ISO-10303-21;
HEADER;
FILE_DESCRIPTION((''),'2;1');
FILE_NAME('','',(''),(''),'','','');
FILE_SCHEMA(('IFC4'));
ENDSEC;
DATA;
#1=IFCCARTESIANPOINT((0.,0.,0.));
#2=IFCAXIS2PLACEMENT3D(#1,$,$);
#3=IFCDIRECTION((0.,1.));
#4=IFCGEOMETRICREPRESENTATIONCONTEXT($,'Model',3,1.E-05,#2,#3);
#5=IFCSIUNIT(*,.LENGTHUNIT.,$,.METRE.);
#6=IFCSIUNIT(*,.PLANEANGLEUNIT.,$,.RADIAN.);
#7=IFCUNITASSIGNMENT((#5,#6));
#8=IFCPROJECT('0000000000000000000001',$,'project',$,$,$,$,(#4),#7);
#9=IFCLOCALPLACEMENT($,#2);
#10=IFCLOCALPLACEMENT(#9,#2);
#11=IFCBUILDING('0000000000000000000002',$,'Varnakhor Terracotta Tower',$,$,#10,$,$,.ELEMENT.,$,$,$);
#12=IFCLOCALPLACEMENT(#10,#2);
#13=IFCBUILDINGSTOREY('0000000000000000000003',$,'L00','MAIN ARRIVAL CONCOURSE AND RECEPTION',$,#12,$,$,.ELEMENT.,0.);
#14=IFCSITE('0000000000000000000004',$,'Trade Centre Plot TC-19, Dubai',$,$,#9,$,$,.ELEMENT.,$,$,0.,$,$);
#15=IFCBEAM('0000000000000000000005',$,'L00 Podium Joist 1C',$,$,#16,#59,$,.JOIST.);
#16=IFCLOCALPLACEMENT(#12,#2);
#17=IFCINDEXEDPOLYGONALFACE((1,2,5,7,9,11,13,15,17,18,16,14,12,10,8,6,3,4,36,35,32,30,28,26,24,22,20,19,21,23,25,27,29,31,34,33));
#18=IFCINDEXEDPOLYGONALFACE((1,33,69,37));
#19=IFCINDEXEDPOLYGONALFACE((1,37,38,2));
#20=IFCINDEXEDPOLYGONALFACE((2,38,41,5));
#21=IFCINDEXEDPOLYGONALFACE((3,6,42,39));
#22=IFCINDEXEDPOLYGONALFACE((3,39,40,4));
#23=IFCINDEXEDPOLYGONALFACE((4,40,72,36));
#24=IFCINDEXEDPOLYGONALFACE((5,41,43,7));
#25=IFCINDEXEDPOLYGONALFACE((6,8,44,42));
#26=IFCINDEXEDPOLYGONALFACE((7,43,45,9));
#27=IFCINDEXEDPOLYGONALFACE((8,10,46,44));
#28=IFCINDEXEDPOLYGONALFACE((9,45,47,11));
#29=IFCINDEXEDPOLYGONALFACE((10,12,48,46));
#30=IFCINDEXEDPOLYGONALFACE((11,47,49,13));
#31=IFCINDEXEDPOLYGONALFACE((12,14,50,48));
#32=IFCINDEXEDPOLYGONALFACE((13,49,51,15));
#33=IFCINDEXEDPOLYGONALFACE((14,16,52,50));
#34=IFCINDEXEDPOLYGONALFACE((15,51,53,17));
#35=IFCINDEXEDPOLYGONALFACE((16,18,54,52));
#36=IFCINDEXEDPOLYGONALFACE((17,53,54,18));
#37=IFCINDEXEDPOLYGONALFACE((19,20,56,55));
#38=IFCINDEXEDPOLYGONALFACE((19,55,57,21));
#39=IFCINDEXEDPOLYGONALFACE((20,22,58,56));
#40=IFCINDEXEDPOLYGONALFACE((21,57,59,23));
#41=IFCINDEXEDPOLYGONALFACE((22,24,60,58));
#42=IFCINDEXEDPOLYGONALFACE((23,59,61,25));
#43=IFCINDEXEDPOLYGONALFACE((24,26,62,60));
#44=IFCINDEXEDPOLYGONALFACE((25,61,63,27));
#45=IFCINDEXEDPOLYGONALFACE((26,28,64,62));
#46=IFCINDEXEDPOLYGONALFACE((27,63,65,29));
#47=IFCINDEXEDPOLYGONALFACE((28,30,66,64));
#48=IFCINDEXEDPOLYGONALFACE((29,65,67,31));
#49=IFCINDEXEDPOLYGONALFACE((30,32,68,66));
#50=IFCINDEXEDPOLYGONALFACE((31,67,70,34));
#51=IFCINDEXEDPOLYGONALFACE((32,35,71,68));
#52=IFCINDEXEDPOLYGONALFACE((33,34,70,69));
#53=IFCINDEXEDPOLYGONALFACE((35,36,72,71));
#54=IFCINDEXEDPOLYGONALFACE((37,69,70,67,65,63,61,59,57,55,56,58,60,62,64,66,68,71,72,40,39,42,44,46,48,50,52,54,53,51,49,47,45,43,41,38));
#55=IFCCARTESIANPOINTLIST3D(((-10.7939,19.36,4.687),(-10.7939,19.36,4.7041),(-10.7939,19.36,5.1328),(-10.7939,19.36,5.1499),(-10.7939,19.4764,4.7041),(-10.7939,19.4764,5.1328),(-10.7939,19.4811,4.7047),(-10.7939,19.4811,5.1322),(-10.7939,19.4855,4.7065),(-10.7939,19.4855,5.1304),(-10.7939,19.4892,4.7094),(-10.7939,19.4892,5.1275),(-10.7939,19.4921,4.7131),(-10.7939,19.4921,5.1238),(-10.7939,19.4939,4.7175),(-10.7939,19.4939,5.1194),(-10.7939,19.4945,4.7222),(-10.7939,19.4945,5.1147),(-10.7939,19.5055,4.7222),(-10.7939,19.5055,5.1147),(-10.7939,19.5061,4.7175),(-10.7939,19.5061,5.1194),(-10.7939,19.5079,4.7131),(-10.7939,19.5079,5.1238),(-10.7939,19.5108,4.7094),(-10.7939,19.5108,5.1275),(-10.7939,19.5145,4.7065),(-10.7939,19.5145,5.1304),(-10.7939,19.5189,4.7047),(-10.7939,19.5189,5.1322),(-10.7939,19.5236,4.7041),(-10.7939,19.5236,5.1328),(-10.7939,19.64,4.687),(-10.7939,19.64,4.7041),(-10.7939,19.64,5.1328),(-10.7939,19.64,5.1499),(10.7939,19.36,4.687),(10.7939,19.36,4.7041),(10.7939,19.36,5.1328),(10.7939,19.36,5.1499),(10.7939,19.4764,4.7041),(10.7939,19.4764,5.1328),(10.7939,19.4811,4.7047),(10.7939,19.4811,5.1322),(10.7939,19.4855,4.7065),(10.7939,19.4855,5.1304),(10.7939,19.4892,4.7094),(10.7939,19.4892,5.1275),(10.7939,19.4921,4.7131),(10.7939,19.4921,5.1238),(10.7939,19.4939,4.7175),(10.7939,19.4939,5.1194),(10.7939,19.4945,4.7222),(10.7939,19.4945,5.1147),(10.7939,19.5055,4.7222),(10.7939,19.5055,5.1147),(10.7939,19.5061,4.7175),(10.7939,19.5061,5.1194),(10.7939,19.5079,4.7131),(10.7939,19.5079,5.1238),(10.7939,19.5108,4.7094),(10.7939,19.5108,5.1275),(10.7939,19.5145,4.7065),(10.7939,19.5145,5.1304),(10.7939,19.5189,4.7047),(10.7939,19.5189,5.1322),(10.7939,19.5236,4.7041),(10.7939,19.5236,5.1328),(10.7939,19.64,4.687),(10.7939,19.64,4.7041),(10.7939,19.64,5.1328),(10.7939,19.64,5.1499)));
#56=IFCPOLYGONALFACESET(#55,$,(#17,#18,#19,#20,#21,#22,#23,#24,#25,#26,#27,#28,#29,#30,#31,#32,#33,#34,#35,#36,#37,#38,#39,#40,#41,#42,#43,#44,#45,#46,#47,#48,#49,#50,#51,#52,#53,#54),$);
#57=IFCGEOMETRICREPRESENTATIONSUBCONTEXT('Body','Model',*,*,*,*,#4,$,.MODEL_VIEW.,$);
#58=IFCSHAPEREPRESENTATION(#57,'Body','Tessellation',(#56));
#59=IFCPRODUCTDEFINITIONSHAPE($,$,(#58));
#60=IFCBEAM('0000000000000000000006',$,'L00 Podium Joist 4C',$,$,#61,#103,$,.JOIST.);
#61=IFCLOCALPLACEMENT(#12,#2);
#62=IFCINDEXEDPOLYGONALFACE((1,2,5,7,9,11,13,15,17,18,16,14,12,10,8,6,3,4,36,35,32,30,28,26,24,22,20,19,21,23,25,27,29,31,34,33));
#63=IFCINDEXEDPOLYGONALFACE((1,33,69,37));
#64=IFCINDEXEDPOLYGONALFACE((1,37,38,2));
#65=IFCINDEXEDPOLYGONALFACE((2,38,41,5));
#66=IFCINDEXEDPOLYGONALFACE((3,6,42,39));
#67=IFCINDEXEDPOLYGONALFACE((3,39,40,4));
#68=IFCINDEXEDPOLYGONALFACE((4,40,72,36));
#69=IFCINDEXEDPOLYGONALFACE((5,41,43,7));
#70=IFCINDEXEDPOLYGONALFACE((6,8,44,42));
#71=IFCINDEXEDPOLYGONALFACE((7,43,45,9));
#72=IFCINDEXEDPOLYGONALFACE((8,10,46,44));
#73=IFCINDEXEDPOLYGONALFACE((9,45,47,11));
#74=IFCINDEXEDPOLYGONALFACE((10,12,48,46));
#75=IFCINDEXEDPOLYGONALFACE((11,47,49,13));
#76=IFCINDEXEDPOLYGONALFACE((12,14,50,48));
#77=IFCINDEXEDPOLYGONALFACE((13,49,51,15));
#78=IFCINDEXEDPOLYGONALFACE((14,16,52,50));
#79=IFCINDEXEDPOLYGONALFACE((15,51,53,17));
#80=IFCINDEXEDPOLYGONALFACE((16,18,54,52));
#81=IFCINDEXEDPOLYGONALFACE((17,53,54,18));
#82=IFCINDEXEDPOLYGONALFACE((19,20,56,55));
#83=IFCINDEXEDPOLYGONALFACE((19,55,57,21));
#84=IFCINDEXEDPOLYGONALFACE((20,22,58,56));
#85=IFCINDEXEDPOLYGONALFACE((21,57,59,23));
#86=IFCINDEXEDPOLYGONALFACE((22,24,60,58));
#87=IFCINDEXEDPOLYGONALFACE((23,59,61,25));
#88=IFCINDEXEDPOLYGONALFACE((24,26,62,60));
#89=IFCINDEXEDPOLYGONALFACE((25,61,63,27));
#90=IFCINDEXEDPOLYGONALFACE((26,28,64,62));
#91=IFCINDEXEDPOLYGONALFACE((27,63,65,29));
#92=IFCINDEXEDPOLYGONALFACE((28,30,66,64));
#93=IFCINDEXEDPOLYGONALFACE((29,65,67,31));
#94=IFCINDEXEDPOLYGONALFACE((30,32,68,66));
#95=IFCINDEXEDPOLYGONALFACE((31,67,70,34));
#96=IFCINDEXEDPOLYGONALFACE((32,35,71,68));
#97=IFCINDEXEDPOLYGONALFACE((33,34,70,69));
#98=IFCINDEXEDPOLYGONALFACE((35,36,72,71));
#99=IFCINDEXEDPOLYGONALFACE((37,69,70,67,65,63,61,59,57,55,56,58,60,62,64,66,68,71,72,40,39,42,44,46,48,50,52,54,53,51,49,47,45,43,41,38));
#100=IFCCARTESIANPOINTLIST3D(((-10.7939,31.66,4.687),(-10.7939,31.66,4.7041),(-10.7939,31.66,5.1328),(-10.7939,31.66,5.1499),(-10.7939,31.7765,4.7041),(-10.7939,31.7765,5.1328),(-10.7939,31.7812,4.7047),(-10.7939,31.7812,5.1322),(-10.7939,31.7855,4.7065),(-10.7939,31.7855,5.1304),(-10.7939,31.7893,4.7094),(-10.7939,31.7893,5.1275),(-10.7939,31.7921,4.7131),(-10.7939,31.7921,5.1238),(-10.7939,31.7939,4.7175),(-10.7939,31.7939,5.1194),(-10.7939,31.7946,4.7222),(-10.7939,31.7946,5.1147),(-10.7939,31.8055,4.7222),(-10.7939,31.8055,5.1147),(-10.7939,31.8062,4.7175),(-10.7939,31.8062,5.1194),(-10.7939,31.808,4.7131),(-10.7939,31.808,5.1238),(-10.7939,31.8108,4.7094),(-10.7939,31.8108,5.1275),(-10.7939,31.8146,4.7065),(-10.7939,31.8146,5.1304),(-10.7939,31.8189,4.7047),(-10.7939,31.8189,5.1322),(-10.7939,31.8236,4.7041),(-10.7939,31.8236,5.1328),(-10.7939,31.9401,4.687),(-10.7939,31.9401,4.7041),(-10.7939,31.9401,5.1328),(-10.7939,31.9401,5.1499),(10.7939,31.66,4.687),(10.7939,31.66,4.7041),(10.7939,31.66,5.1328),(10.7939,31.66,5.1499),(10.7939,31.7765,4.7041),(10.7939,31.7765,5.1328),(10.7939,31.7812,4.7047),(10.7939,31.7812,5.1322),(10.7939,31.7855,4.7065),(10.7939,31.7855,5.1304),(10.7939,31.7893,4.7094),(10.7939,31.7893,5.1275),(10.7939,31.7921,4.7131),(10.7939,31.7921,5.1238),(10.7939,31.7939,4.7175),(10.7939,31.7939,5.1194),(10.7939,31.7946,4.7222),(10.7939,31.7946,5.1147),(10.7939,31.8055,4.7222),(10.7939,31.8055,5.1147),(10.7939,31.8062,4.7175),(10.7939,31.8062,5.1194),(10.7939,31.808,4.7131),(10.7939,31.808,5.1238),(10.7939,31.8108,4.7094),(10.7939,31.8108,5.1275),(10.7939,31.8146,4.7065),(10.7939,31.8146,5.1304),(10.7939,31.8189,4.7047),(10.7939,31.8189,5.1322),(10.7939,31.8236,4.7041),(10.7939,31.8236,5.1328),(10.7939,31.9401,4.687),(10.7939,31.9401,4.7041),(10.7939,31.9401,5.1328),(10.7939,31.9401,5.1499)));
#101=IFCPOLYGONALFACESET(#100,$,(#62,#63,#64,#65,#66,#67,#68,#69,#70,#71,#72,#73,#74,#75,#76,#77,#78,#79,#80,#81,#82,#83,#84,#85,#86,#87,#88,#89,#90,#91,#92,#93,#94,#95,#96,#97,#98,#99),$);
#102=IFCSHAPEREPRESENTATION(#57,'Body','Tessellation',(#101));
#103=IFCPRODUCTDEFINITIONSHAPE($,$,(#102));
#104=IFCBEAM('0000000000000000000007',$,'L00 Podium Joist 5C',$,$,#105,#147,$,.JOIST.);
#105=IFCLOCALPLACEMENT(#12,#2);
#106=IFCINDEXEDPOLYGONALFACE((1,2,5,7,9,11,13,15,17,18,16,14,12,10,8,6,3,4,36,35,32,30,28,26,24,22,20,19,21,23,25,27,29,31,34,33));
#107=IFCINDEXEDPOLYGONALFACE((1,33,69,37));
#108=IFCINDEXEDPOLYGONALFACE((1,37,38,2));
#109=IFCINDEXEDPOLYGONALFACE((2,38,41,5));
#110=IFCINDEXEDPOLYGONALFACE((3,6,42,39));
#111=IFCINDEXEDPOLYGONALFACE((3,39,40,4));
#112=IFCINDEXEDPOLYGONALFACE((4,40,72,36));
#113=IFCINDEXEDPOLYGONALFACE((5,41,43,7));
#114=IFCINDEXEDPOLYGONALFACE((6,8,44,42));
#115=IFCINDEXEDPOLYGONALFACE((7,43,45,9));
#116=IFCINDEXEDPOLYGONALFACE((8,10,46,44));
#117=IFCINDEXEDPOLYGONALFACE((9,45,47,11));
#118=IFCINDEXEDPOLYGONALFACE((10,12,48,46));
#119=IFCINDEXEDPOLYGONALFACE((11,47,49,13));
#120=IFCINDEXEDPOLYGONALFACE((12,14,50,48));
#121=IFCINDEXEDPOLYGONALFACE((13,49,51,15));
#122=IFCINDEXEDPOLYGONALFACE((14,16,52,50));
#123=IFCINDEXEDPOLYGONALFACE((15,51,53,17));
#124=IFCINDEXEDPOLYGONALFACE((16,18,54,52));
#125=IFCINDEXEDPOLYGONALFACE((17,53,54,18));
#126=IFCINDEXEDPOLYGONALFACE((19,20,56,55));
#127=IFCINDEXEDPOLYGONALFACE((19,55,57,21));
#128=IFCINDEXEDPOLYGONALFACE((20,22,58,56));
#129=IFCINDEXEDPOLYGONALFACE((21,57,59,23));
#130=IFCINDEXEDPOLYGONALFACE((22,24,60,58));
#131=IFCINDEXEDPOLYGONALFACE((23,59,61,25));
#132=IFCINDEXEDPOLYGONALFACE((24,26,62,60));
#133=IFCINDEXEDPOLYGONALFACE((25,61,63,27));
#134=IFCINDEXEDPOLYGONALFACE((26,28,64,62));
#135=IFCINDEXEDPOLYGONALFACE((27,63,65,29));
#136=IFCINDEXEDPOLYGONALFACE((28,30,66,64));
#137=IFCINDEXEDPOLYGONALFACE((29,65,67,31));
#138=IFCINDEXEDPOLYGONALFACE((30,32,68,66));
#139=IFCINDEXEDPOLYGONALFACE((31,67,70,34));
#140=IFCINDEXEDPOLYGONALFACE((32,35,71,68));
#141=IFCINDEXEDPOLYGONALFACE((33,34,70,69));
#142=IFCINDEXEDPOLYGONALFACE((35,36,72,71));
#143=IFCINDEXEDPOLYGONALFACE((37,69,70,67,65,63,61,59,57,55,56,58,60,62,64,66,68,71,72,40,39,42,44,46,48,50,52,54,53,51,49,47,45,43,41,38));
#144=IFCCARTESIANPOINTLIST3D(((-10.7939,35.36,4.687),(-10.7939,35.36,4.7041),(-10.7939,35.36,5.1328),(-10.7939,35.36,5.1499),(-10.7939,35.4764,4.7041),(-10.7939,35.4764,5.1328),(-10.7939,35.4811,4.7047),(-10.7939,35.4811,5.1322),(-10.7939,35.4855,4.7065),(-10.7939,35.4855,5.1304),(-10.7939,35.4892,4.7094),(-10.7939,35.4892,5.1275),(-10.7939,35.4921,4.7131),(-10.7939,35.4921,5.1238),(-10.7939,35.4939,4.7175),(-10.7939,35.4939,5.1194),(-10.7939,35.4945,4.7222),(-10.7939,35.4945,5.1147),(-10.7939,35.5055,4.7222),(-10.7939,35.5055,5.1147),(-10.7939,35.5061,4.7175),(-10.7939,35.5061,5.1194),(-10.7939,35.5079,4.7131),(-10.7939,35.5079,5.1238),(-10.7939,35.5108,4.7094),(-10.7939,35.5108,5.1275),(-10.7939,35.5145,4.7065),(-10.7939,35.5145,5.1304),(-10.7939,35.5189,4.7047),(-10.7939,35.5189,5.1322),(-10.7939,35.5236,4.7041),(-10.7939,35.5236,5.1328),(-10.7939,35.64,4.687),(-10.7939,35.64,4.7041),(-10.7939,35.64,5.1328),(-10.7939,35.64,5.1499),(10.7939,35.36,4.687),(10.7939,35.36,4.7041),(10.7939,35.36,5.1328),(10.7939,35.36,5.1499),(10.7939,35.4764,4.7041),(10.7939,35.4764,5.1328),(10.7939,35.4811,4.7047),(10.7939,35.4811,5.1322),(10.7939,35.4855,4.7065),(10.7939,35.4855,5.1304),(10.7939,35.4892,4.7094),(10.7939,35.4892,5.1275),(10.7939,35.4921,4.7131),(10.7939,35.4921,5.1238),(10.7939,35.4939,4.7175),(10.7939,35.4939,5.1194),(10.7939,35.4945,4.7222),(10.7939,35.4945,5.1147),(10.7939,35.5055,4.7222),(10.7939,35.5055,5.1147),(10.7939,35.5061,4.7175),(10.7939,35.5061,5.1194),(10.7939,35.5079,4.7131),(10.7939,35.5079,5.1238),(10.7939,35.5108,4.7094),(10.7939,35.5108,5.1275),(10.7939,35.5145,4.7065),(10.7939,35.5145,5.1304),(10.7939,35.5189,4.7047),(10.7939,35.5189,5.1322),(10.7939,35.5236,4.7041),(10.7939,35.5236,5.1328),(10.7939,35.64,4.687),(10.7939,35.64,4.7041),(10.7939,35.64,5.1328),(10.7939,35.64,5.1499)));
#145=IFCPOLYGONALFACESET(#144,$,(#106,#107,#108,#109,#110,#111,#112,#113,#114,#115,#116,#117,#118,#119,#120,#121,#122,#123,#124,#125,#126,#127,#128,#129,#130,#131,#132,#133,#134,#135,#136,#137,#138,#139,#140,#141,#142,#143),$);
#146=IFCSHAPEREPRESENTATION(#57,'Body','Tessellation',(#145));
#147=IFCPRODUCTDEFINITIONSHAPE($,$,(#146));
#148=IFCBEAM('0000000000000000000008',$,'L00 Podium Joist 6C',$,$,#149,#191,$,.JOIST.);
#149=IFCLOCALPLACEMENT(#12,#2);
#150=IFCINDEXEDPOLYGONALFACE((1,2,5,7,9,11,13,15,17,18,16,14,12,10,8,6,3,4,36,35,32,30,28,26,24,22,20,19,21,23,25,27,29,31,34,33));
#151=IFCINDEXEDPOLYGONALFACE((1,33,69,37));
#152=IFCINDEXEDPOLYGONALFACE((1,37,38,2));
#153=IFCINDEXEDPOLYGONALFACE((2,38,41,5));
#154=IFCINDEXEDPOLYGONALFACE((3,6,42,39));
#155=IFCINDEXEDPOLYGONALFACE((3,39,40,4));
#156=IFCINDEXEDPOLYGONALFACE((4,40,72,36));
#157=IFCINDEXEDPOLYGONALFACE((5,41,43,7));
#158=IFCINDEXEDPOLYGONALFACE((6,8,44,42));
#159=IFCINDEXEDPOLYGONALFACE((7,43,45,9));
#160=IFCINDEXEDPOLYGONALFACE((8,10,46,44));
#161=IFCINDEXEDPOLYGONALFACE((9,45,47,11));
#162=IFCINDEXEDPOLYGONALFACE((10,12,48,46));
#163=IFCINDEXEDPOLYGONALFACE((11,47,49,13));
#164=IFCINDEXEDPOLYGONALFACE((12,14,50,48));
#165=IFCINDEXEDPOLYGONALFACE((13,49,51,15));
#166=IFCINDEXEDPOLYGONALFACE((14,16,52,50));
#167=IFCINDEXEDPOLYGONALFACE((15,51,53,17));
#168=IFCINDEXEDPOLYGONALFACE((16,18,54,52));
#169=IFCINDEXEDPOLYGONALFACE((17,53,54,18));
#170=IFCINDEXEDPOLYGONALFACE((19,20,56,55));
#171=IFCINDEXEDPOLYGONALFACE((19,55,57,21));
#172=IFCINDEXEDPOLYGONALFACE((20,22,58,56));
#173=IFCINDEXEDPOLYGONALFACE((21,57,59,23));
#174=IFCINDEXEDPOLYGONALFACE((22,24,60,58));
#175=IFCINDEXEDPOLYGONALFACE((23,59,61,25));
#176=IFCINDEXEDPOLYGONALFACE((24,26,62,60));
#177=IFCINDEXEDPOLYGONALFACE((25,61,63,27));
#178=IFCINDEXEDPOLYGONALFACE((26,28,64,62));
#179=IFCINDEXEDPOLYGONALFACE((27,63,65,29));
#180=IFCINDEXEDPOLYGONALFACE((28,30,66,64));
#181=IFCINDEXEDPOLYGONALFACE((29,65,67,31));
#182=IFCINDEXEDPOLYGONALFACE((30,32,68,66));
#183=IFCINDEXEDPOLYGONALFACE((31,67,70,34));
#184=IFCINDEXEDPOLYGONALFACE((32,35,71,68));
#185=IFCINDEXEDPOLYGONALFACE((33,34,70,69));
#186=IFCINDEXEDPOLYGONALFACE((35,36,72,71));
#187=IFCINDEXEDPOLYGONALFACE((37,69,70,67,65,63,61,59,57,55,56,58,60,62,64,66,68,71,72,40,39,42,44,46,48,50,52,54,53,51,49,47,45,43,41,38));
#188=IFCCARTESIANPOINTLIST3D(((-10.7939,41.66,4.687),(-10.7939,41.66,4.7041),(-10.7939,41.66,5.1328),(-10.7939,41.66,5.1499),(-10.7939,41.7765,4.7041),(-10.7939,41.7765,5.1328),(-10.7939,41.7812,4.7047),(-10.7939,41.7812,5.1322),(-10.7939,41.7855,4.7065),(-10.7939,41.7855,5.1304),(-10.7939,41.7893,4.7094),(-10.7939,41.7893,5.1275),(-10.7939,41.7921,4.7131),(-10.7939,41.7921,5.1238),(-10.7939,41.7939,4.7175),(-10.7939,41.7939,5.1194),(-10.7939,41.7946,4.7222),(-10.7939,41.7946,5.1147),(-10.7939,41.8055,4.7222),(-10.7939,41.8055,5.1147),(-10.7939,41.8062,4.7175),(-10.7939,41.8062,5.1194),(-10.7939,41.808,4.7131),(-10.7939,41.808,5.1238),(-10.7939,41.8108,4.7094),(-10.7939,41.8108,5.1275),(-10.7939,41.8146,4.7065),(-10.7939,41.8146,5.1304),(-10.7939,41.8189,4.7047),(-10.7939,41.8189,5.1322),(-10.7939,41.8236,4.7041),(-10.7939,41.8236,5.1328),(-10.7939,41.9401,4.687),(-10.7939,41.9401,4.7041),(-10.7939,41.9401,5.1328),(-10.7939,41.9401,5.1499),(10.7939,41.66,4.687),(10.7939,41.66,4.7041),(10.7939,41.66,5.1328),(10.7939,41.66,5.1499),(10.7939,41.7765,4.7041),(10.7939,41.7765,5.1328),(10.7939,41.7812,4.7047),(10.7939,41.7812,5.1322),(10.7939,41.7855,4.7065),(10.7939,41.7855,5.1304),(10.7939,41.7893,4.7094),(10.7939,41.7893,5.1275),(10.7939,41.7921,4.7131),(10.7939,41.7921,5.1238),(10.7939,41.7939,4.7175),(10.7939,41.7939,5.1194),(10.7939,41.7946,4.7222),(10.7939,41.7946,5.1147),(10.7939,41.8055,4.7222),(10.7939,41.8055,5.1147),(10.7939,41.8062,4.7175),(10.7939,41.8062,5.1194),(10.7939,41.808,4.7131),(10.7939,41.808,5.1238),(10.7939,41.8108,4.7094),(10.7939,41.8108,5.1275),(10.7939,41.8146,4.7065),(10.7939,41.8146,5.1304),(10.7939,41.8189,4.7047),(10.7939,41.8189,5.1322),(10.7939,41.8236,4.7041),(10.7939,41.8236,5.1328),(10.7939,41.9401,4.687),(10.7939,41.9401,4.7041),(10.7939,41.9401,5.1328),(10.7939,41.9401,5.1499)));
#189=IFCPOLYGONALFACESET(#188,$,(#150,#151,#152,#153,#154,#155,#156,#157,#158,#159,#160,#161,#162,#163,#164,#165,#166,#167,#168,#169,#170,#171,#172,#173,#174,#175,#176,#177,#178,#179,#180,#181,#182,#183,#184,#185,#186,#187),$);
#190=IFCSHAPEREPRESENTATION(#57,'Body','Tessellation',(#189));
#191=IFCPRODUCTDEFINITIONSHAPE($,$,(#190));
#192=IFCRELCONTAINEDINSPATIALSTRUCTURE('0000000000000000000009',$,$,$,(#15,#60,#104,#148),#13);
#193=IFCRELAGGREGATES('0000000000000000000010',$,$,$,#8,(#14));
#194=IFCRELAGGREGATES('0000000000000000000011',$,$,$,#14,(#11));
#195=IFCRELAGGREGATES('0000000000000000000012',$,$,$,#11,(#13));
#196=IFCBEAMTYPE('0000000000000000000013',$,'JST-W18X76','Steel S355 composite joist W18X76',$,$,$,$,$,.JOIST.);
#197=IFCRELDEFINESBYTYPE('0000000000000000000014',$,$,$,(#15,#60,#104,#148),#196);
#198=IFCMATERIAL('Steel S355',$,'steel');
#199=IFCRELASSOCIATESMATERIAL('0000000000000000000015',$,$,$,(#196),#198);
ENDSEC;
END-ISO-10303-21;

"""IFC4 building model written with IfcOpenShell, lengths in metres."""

from ifc_helpers import new_model, si_unit, direction, frame, origin, origin_2d, place, context, subcontext, project, spatial, i_section, extrude, source, transform, mapped, material, material_profile, profile_set, type_object, element, save


model = new_model("IFC4")

# Units and contexts
model_context = context("Model", 3, precision=1e-05, world=origin(), true_north=direction((0.0, 1.0)))
body_context = subcontext(model_context, "Body", "Model", "MODEL_VIEW")
ifc_project = project(units=[si_unit("LENGTHUNIT", "METRE"), si_unit("PLANEANGLEUNIT", "RADIAN")], contexts=[model_context])

# Site, building, storey
site_placement = place(None, origin())
site = spatial("IfcSite", under=ifc_project, at=site_placement, Name="Trade Centre Plot TC-19, Dubai", CompositionType="ELEMENT", RefElevation=0.0)
building_placement = place(site_placement, origin())
building = spatial("IfcBuilding", under=site, at=building_placement, Name="Varnakhor Terracotta Tower", CompositionType="ELEMENT")
storey_placement = place(building_placement, origin())
storey = spatial("IfcBuildingStorey", under=building, at=storey_placement, Name="L00", Description="MAIN ARRIVAL CONCOURSE AND RECEPTION", CompositionType="ELEMENT", Elevation=0.0)

# Shared definitions
ifc_material_1 = material(Name="Steel S355", Category="steel")

# Beams
ifc_material_profile_1 = material_profile(ifc_material_1, i_section(OverallWidth=0.28, OverallDepth=0.4629, WebThickness=0.011, FlangeThickness=0.0171, FilletRadius=0.0181, at=origin_2d()), Name="W18X76")
ifc_profile_set_1 = profile_set([ifc_material_profile_1], Name="Steel S355")
beam_type_1 = type_object("IfcBeamType", Name="JST-W18X76", Description="Steel S355 composite joist W18X76", PredefinedType="JOIST", material=ifc_profile_set_1)
shared_shape_1 = source(origin(), body_context, "Body", "SweptSolid", [
    extrude(i_section(OverallWidth=0.28, OverallDepth=0.4629, WebThickness=0.011, FlangeThickness=0.0171, FilletRadius=0.0181, at=origin_2d()), origin(), (0.0, 0.0, 1.0), 21.5879),
])
for number, where, z_axis, x_axis, name in (
    (1, (-10.7939, 19.5, 4.9185), (1.0, 0.0, 0.0), (0.0, 1.0, 0.0), "L00 Podium Joist 1C"),
    (2, (-10.7939, 31.8, 4.9185), (1.0, 0.0, 0.0), (0.0, 1.0, 0.0), "L00 Podium Joist 4C"),
    (3, (-10.7939, 35.5, 4.9185), (1.0, 0.0, 0.0), (0.0, 1.0, 0.0), "L00 Podium Joist 5C"),
    (4, (-10.7939, 41.8, 4.9185), (1.0, 0.0, 0.0), (0.0, 1.0, 0.0), "L00 Podium Joist 6C"),
):
    element("IfcBeam", number, at=place(storey_placement, frame(where, z_axis=z_axis, x_axis=x_axis)), inside=storey, type_object=beam_type_1, Name=name, PredefinedType="JOIST", context=body_context, shape_type="MappedRepresentation", body=[
        mapped(shared_shape_1, transform((0.0, 0.0, 0.0), scale=1.0)),
    ])

save(model, "model.ifc")
